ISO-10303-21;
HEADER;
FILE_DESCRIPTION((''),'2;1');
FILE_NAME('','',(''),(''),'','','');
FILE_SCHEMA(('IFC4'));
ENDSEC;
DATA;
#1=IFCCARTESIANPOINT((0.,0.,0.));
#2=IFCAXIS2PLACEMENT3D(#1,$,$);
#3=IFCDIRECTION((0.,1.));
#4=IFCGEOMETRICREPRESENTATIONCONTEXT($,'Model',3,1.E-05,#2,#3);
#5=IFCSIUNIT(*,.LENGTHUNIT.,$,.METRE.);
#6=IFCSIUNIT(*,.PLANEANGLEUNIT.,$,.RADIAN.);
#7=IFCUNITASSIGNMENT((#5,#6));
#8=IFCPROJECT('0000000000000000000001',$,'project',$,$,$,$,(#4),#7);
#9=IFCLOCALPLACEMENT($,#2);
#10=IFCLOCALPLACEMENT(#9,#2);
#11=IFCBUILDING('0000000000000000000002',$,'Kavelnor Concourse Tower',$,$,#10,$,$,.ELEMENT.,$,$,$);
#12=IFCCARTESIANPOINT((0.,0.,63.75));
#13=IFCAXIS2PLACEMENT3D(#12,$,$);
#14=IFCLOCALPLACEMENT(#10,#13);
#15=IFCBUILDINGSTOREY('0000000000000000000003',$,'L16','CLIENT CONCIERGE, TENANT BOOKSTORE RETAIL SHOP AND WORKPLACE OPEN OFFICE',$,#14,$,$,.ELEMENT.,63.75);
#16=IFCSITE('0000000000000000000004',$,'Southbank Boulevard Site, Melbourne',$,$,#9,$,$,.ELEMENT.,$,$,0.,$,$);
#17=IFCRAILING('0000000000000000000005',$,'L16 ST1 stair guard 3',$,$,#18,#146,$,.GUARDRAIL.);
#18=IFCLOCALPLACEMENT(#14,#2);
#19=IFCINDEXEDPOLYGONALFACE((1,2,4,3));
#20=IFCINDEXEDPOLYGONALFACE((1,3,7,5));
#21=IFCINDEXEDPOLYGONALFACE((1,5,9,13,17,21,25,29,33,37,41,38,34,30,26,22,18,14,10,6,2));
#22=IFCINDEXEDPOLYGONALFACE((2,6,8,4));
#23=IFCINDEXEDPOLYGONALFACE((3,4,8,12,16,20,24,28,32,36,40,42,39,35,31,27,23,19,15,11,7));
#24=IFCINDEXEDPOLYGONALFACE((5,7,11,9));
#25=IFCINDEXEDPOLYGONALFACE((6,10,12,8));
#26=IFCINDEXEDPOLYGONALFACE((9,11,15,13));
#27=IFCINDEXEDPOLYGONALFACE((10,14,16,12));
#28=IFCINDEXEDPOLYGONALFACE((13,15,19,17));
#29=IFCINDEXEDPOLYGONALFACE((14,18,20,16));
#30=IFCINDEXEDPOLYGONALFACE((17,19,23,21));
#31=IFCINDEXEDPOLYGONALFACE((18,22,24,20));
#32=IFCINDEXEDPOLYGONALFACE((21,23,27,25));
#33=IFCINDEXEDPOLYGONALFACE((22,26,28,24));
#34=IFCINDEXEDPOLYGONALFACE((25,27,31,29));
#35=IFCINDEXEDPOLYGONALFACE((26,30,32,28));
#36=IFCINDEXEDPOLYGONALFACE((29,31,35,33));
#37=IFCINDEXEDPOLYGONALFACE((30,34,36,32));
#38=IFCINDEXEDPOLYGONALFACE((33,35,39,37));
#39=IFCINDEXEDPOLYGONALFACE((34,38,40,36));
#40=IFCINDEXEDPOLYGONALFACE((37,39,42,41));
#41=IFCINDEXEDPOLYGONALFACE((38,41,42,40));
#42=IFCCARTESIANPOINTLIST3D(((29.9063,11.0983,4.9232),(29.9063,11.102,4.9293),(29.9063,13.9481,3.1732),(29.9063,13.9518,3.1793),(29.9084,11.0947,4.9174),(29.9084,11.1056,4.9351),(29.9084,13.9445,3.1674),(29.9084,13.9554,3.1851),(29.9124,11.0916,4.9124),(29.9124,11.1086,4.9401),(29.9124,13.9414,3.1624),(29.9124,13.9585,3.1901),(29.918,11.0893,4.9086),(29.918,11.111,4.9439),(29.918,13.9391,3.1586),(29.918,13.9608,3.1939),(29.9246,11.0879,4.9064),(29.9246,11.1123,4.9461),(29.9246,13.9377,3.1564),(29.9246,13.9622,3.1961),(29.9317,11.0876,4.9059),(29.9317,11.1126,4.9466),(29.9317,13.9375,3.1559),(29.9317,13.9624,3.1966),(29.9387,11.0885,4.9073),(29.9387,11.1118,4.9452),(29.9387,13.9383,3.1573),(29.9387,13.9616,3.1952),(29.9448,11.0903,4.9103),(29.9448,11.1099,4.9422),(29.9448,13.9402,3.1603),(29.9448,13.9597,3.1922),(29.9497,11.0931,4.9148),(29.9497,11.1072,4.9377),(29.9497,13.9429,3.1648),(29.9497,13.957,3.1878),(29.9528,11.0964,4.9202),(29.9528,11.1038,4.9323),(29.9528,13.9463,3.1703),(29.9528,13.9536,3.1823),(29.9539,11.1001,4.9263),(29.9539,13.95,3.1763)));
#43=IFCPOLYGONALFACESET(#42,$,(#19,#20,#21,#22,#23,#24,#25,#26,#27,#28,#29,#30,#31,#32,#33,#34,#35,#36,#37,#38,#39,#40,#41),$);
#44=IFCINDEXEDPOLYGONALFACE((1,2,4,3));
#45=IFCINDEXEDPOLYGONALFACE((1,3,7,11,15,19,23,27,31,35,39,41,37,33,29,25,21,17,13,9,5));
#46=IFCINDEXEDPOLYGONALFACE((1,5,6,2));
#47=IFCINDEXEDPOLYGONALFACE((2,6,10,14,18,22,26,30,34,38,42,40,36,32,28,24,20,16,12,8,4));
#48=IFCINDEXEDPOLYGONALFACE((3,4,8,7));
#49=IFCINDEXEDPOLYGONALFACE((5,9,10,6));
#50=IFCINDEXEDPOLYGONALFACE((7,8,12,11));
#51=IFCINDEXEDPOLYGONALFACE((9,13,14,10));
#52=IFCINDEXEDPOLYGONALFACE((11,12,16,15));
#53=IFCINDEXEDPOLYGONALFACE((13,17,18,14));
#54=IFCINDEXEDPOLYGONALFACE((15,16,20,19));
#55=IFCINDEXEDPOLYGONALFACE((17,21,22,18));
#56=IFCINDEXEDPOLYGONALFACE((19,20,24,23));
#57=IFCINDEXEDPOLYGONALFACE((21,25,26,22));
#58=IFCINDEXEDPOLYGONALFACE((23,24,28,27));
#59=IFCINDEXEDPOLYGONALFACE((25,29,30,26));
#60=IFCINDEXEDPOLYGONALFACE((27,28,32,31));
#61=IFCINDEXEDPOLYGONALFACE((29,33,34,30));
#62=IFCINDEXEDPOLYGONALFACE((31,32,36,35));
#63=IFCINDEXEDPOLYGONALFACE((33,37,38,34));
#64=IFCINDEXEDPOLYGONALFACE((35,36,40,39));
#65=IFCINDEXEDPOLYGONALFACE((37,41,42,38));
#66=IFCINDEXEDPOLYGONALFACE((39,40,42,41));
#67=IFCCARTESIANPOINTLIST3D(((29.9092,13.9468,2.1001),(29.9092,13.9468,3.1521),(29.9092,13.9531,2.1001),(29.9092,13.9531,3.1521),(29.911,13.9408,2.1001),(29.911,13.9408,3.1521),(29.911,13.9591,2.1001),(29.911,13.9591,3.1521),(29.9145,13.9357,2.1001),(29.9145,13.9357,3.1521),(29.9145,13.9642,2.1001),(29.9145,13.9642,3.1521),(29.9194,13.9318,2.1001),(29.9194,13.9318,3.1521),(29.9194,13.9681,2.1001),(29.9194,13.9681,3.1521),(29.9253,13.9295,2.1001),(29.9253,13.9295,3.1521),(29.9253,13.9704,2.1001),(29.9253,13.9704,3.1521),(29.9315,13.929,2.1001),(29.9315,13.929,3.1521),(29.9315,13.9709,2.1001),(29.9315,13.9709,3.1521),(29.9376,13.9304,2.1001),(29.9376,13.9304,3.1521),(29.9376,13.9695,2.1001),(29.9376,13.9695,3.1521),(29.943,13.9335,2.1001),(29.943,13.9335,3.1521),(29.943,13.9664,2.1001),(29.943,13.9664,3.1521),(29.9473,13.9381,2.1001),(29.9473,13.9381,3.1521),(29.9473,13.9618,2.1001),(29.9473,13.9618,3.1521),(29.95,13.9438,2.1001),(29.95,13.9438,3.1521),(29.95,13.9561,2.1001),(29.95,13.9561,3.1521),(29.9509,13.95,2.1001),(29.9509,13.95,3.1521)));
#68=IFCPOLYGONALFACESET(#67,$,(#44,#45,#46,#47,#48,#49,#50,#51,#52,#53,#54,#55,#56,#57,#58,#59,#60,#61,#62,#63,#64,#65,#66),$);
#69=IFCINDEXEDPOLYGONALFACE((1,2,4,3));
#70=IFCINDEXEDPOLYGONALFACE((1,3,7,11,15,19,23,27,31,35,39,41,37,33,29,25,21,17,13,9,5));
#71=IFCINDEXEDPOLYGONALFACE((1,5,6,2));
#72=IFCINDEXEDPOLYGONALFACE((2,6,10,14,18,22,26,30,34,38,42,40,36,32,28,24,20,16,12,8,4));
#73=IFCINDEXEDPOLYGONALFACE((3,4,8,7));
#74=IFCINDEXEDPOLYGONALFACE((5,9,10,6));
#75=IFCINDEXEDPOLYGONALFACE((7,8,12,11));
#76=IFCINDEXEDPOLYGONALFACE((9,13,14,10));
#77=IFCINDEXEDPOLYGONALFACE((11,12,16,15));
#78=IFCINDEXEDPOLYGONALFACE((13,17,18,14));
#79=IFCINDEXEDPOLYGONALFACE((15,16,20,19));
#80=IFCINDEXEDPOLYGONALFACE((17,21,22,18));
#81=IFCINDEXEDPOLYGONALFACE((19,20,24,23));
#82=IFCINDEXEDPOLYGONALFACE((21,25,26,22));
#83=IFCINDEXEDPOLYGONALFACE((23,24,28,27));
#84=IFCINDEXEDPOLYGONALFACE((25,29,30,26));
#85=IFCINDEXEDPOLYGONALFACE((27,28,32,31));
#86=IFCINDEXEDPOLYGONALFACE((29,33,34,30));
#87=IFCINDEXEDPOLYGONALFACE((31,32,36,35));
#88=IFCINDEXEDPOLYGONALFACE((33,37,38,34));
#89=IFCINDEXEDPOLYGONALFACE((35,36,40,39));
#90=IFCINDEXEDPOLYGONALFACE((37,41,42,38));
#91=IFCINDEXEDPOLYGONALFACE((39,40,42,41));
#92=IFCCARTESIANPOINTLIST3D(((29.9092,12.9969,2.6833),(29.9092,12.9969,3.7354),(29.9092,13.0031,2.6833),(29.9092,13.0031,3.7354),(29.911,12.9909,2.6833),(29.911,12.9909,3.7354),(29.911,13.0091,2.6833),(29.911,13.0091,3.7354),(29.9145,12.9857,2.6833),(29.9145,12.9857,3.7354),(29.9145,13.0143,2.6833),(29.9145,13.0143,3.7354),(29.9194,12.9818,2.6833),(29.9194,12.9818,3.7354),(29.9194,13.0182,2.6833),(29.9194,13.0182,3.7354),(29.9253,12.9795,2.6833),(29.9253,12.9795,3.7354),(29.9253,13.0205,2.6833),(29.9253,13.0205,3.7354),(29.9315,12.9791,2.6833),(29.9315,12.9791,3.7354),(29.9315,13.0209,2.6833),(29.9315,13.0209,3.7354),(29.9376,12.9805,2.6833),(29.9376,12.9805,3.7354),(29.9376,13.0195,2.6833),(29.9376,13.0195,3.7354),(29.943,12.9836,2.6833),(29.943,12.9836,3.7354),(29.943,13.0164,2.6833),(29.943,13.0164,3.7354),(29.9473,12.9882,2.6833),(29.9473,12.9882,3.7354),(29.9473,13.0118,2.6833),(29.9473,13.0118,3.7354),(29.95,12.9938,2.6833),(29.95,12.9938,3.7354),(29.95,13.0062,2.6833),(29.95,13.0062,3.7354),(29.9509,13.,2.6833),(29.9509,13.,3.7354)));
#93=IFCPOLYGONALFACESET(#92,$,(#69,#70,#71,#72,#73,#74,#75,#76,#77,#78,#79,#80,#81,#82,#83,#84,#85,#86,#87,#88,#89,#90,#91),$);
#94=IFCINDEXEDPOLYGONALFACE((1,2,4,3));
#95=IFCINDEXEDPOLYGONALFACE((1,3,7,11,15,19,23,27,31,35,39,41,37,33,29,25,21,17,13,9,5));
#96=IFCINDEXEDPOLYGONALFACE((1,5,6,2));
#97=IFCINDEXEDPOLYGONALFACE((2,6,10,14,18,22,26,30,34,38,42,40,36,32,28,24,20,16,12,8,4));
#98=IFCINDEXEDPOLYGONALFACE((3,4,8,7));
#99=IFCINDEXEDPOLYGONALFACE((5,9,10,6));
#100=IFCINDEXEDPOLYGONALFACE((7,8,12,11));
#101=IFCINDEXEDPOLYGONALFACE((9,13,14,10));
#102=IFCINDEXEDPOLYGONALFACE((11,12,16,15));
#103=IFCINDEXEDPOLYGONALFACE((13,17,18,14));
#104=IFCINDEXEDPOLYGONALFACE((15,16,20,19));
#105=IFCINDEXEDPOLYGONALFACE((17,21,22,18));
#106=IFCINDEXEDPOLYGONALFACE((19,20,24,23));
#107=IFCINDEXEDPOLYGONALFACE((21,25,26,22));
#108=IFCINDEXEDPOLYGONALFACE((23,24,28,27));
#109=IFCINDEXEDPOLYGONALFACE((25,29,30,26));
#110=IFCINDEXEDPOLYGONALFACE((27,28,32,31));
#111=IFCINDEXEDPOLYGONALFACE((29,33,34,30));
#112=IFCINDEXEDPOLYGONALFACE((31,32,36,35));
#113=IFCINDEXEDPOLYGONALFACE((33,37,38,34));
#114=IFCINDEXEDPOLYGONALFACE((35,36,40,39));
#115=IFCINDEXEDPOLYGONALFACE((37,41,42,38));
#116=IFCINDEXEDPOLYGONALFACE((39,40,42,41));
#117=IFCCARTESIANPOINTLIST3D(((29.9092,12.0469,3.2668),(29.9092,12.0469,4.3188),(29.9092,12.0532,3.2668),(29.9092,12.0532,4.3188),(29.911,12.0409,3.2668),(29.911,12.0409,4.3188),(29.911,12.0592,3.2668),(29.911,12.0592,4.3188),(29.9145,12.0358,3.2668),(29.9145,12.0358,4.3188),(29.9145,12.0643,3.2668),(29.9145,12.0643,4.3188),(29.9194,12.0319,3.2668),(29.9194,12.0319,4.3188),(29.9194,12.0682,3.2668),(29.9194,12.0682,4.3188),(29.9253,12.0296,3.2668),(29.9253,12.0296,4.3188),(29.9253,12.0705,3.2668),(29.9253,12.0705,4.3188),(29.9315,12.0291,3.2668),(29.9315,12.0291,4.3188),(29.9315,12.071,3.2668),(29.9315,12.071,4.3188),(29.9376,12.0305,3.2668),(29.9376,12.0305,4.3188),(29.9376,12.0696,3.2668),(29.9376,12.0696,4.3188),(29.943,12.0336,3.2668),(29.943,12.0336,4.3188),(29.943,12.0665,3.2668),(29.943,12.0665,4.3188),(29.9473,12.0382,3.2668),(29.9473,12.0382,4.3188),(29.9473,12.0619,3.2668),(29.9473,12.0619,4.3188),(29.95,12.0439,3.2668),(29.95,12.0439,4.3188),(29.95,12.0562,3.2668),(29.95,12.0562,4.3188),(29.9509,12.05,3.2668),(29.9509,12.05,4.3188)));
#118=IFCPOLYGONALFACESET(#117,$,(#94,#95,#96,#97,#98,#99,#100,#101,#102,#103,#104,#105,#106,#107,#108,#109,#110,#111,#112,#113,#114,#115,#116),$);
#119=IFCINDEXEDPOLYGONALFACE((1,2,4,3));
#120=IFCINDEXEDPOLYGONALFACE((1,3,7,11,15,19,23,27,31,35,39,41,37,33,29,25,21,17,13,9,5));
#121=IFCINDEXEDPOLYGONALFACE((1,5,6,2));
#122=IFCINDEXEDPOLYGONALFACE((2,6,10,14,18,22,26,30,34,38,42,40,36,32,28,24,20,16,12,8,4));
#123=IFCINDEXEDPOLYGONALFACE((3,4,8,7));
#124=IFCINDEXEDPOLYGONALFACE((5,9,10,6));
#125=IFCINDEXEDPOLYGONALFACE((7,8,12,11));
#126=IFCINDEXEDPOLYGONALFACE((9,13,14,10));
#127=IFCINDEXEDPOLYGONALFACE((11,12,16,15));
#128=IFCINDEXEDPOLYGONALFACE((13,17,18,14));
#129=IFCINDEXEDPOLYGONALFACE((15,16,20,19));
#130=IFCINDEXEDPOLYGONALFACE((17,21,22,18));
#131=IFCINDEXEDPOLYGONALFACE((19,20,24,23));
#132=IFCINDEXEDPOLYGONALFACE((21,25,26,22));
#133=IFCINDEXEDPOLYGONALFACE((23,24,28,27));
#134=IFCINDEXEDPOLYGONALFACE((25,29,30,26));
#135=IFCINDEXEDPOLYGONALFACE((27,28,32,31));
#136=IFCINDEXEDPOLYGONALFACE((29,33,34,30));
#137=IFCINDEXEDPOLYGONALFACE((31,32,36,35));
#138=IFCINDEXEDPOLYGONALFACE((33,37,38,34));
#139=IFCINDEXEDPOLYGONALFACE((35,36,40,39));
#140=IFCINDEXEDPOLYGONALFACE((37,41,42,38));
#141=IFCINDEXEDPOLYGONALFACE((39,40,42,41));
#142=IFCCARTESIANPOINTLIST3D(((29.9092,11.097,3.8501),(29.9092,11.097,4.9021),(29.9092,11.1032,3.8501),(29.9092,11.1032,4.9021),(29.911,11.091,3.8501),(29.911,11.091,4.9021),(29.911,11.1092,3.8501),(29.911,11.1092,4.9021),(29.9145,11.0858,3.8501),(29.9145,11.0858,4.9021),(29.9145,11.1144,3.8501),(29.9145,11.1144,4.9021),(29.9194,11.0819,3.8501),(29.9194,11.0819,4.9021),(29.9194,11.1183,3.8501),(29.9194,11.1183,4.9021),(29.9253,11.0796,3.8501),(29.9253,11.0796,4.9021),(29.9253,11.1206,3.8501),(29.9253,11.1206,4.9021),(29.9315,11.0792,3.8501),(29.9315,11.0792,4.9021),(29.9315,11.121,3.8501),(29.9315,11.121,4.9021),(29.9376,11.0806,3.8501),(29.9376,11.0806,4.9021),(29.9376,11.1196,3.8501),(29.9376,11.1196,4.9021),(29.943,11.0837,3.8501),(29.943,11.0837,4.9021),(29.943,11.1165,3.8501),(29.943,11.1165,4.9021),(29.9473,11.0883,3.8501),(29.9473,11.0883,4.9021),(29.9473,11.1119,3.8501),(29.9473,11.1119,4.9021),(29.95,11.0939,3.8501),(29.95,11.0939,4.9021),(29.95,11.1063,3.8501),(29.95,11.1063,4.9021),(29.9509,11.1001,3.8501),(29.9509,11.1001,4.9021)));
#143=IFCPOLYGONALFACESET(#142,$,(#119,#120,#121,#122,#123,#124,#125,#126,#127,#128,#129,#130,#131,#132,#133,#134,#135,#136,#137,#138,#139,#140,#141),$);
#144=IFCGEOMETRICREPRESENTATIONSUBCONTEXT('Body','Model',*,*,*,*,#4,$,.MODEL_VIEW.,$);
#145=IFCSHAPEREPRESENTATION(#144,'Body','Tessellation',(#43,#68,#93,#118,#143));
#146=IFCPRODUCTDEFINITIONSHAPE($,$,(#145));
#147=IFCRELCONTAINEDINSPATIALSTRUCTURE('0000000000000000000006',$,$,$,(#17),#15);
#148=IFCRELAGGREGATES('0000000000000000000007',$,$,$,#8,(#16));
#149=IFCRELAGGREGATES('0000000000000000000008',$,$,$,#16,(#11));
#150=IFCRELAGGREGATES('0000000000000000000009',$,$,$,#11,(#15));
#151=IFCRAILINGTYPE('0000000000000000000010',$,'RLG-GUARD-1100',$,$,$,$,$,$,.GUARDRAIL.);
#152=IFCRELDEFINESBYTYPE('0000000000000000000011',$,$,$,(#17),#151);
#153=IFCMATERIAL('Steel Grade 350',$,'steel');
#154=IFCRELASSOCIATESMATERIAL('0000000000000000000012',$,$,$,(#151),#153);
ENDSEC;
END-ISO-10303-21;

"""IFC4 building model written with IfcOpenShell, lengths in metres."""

from ifc_helpers import new_model, si_unit, direction, frame, origin, origin_2d, place, context, subcontext, project, spatial, circle, extrude, material, type_object, element, save


model = new_model("IFC4")

# Units and contexts
model_context = context("Model", 3, precision=1e-05, world=origin(), true_north=direction((0.0, 1.0)))
body_context = subcontext(model_context, "Body", "Model", "MODEL_VIEW")
ifc_project = project(units=[si_unit("LENGTHUNIT", "METRE"), si_unit("PLANEANGLEUNIT", "RADIAN")], contexts=[model_context])

# Site, building, storey
site_placement = place(None, origin())
site = spatial("IfcSite", under=ifc_project, at=site_placement, Name="Southbank Boulevard Site, Melbourne", CompositionType="ELEMENT", RefElevation=0.0)
building_placement = place(site_placement, origin())
building = spatial("IfcBuilding", under=site, at=building_placement, Name="Kavelnor Concourse Tower", CompositionType="ELEMENT")
storey_placement = place(building_placement, frame((0.0, 0.0, 63.75)))
storey = spatial("IfcBuildingStorey", under=building, at=storey_placement, Name="L16", Description="CLIENT CONCIERGE, TENANT BOOKSTORE RETAIL SHOP AND WORKPLACE OPEN OFFICE", CompositionType="ELEMENT", Elevation=63.75)

# Shared definitions
ifc_material_1 = material(Name="Steel Grade 350", Category="steel")

# Railing
railing_type_1 = type_object("IfcRailingType", Name="RLG-GUARD-1100", PredefinedType="GUARDRAIL", material=ifc_material_1)
railing_1_placement = place(storey_placement, frame((29.9299, 13.95, 2.1001)))
element("IfcRailing", 1, at=railing_1_placement, inside=storey, type_object=railing_type_1, Name="L16 ST1 stair guard 3", PredefinedType="GUARDRAIL", context=body_context, shape_type="SweptSolid", body=[
    extrude(circle(Radius=0.0239, at=origin_2d()), frame((0.0, 0.0, 1.0762), z_axis=(0.0, -0.852159, 0.523283), x_axis=(1.0, 0.0, 0.0)), (0.0, 0.0, 1.0), 3.3442),
    extrude(circle(Radius=0.021, at=origin_2d()), origin(), (0.0, 0.0, 1.0), 1.052),
    extrude(circle(Radius=0.021, at=origin_2d()), frame((0.0, -0.95, 0.5833)), (0.0, 0.0, 1.0), 1.052),
    extrude(circle(Radius=0.021, at=origin_2d()), frame((0.0, -1.8999, 1.1667)), (0.0, 0.0, 1.0), 1.052),
    extrude(circle(Radius=0.021, at=origin_2d()), frame((0.0, -2.8499, 1.75)), (0.0, 0.0, 1.0), 1.052),
])

save(model, "model.ifc")
